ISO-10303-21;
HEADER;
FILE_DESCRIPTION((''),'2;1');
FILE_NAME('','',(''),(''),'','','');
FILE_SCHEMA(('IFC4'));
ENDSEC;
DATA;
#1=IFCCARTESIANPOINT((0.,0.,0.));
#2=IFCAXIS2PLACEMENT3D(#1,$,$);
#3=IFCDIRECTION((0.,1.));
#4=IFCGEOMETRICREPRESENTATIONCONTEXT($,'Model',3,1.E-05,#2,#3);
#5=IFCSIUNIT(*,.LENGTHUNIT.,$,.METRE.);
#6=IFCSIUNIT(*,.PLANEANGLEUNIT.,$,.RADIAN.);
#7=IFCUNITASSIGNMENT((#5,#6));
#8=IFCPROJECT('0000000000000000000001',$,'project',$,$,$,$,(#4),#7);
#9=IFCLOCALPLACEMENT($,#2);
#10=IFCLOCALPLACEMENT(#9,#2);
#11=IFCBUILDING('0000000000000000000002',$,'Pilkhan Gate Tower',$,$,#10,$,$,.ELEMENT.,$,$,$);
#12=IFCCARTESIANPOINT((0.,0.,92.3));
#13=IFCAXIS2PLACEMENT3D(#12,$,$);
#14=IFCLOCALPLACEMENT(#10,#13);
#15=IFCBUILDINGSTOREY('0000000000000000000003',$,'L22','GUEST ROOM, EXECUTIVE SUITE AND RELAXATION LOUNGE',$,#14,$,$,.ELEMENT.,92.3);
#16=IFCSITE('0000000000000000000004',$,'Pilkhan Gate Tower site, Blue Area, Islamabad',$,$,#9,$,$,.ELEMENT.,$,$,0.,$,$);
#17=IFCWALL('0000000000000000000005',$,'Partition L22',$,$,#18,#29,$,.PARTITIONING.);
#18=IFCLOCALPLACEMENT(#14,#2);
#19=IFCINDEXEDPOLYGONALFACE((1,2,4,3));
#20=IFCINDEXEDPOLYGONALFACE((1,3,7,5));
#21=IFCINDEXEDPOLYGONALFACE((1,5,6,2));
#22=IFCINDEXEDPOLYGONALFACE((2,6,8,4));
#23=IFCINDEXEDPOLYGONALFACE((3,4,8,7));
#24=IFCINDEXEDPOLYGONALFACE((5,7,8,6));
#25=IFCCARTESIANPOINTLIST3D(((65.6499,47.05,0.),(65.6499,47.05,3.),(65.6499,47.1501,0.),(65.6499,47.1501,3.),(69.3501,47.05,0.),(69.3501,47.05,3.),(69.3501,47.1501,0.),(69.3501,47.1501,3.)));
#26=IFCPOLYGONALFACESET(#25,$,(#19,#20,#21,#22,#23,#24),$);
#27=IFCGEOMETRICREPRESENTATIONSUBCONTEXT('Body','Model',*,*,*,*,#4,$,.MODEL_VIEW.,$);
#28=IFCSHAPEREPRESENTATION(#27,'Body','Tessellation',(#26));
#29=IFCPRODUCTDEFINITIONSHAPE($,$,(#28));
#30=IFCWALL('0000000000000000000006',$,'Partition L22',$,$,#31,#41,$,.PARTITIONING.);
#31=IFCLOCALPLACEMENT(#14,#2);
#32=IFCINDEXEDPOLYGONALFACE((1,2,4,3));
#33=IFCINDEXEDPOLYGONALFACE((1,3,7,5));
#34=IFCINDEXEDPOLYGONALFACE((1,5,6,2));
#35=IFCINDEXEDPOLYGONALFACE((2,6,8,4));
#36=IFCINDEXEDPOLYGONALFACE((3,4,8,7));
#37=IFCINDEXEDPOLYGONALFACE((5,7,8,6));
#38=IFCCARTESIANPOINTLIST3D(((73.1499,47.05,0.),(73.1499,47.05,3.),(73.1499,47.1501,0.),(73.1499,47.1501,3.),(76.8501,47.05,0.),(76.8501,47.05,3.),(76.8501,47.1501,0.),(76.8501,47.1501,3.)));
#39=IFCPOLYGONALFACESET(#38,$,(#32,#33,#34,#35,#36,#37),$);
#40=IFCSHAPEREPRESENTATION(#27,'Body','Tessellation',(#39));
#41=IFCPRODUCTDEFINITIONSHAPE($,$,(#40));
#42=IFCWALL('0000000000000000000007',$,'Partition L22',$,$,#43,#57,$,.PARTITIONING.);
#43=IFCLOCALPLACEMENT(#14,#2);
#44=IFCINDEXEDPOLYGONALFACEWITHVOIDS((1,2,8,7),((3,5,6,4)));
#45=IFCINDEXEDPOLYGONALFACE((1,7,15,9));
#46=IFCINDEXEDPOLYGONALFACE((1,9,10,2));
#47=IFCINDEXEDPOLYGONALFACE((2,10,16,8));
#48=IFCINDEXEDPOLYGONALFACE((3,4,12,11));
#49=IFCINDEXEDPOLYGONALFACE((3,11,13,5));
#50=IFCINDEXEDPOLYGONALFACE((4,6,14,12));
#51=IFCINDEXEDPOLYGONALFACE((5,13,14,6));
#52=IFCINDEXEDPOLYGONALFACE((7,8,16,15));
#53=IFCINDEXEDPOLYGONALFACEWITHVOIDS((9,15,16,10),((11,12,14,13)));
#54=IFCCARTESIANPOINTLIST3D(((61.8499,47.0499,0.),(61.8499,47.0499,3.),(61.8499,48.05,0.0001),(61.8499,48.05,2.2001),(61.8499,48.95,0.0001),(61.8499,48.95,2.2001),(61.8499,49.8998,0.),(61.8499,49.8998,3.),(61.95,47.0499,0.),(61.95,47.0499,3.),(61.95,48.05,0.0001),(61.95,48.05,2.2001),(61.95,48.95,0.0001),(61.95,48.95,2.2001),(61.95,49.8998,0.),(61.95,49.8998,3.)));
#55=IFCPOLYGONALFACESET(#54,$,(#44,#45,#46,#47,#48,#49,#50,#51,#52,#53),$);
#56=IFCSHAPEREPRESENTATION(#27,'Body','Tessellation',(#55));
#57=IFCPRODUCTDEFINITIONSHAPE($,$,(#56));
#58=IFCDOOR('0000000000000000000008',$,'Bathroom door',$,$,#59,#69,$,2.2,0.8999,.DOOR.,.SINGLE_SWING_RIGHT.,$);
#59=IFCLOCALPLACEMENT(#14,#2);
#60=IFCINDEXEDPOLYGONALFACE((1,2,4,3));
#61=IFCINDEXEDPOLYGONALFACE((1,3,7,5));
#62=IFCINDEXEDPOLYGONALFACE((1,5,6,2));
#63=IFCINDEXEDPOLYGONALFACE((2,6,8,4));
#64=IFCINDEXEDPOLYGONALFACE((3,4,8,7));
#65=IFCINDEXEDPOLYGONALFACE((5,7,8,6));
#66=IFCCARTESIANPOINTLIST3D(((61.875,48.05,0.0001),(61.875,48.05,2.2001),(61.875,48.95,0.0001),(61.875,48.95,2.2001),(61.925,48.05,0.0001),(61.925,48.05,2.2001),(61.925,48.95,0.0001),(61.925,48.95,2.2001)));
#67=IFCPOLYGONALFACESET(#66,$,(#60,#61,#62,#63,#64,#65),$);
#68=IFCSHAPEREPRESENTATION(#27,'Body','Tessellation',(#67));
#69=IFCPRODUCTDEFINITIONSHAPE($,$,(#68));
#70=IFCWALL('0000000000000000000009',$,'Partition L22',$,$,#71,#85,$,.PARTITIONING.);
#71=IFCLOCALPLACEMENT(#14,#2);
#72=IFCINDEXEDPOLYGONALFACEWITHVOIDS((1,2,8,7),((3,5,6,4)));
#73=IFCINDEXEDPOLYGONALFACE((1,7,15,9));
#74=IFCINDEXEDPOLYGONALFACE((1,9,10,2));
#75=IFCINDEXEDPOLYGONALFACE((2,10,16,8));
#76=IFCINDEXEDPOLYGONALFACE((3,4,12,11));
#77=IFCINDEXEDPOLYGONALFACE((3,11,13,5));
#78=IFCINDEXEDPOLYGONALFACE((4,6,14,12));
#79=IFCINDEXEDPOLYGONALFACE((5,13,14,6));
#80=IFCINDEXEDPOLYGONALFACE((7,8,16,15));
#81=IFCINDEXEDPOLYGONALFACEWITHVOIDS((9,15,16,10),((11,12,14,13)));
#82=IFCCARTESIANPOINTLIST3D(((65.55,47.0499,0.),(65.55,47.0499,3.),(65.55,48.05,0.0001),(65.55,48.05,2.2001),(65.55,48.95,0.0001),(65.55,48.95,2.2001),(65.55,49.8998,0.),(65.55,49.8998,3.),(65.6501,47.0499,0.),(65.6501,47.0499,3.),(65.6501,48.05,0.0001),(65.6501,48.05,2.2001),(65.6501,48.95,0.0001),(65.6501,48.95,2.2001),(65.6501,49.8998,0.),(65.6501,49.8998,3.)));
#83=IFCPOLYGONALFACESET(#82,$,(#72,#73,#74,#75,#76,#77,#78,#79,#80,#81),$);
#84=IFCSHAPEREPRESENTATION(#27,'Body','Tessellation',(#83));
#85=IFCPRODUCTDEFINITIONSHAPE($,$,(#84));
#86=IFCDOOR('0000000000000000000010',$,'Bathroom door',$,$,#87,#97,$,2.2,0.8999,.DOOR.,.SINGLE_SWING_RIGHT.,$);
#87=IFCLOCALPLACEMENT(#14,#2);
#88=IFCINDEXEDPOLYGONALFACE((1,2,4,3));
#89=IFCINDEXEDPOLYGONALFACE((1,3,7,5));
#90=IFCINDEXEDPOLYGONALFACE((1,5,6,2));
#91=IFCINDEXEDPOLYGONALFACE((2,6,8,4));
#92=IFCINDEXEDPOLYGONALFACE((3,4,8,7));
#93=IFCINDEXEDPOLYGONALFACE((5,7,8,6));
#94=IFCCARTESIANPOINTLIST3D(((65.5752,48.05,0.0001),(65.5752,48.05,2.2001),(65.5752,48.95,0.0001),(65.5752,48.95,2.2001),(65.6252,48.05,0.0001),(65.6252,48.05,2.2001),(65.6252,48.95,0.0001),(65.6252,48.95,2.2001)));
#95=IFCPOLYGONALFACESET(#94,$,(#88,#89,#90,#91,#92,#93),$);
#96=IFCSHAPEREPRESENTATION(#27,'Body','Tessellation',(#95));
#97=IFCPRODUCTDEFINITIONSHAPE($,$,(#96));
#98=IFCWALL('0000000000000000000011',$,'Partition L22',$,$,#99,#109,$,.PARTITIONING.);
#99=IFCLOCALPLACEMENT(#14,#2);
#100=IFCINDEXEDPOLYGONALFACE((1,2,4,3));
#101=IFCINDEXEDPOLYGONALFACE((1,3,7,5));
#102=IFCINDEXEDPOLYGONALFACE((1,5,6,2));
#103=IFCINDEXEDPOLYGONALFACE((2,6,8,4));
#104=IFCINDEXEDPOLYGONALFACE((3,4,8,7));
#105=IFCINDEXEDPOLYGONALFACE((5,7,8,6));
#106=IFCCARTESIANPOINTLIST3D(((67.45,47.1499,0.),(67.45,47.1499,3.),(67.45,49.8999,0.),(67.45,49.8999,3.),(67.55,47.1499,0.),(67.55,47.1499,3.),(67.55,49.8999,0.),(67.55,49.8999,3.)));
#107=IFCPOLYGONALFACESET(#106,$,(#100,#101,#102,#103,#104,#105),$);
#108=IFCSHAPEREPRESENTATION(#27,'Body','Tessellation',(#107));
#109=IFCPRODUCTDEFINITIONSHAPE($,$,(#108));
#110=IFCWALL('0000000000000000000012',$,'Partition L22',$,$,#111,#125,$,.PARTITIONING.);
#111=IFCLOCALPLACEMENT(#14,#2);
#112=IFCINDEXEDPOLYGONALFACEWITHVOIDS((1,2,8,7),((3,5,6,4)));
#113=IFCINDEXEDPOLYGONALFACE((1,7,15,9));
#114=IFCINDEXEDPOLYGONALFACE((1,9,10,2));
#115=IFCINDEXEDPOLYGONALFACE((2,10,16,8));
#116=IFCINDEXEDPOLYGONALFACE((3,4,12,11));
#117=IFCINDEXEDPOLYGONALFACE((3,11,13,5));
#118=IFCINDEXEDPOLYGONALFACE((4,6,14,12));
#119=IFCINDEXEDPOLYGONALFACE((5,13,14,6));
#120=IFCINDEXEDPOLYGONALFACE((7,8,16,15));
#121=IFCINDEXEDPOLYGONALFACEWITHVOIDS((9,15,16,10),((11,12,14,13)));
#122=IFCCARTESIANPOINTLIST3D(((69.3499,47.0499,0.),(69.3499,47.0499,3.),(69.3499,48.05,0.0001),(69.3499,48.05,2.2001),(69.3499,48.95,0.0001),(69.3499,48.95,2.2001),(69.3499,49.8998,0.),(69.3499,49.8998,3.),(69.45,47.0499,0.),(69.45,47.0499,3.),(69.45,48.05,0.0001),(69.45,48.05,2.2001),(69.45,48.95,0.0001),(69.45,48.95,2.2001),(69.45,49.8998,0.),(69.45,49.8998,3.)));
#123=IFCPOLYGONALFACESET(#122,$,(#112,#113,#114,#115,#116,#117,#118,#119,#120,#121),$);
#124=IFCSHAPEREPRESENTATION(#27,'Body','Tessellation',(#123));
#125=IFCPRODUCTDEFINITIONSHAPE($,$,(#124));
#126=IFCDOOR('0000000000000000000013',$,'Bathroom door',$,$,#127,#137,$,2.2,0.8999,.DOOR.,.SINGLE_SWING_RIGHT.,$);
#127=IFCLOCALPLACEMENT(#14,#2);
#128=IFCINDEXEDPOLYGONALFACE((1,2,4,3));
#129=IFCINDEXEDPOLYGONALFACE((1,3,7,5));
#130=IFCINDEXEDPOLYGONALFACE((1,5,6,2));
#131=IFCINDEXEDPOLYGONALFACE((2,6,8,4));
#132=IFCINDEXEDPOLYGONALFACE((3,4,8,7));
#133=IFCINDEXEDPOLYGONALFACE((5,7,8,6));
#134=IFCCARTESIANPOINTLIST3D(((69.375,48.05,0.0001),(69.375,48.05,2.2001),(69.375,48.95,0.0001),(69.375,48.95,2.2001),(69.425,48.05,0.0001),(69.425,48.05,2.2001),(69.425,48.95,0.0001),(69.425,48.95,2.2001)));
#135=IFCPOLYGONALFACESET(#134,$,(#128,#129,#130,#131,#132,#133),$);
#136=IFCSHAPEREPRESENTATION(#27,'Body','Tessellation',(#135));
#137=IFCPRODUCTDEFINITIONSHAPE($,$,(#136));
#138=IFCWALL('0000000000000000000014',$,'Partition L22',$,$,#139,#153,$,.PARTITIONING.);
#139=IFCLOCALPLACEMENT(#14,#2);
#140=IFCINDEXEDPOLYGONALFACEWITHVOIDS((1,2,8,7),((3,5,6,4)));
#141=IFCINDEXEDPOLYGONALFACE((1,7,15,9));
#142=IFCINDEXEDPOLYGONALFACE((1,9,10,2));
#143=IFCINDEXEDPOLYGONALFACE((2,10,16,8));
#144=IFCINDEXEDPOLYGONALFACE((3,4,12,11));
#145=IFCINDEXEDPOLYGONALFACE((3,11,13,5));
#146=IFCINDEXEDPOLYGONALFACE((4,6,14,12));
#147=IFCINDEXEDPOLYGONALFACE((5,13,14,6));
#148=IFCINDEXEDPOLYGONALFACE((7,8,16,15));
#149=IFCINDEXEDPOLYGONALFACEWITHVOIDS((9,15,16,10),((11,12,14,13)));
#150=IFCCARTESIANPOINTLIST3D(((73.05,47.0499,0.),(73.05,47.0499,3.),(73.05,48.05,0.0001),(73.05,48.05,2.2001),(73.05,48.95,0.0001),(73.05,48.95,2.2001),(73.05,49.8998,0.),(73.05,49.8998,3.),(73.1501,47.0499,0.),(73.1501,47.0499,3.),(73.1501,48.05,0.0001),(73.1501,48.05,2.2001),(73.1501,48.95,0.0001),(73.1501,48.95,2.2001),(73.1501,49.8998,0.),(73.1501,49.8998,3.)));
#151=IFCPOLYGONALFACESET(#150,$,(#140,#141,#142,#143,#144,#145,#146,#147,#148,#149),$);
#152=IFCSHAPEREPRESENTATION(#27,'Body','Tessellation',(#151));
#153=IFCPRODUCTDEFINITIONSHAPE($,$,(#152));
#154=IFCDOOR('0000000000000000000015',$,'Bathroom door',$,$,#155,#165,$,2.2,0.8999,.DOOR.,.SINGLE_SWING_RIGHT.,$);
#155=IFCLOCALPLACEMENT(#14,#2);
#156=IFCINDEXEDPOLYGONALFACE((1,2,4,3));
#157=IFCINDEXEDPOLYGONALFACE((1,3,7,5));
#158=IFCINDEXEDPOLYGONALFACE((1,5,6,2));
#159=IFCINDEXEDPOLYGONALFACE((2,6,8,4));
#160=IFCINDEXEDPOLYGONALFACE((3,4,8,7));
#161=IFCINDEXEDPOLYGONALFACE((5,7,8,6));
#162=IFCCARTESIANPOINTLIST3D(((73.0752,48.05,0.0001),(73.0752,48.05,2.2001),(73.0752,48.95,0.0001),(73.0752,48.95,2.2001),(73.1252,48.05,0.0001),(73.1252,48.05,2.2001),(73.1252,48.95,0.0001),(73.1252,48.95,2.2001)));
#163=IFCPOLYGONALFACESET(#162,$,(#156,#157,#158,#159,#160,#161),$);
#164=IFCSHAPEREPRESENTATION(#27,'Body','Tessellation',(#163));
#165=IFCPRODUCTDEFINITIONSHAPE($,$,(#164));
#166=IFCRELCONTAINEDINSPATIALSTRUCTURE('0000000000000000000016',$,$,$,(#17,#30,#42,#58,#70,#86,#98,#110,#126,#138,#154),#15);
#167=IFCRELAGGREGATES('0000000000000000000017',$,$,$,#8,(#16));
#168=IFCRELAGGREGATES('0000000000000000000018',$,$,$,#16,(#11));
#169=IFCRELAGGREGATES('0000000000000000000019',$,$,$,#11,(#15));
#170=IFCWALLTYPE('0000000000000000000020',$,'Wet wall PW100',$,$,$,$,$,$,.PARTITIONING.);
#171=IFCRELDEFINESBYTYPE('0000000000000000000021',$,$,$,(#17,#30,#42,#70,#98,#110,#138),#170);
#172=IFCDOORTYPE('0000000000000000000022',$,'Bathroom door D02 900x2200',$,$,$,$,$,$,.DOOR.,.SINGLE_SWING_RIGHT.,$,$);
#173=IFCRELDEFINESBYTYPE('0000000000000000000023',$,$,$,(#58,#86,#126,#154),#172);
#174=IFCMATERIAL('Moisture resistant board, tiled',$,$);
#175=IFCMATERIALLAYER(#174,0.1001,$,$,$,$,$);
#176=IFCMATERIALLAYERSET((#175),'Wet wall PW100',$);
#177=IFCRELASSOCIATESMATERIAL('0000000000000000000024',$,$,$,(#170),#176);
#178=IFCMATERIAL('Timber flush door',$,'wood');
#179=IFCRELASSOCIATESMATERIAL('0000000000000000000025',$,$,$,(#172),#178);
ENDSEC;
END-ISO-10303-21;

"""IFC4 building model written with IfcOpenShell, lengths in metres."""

from ifc_helpers import new_model, si_unit, direction, frame, frame_2d, origin, place, context, subcontext, project, spatial, rectangle, extrude, material, layer, layer_set, type_object, element, fill, save


model = new_model("IFC4")

# Units and contexts
model_context = context("Model", 3, precision=1e-05, world=origin(), true_north=direction((0.0, 1.0)))
body_context = subcontext(model_context, "Body", "Model", "MODEL_VIEW")
ifc_project = project(units=[si_unit("LENGTHUNIT", "METRE"), si_unit("PLANEANGLEUNIT", "RADIAN")], contexts=[model_context])

# Site, building, storey
site_placement = place(None, origin())
site = spatial("IfcSite", under=ifc_project, at=site_placement, Name="Pilkhan Gate Tower site, Blue Area, Islamabad", CompositionType="ELEMENT", RefElevation=0.0)
building_placement = place(site_placement, origin())
building = spatial("IfcBuilding", under=site, at=building_placement, Name="Pilkhan Gate Tower", CompositionType="ELEMENT")
storey_placement = place(building_placement, frame((0.0, 0.0, 92.3)))
storey = spatial("IfcBuildingStorey", under=building, at=storey_placement, Name="L22", Description="GUEST ROOM, EXECUTIVE SUITE AND RELAXATION LOUNGE", CompositionType="ELEMENT", Elevation=92.3)

# Walls
ifc_material_1 = material(Name="Moisture resistant board, tiled")
ifc_layer_1 = layer(ifc_material_1, 0.1001)
ifc_layer_set_1 = layer_set([ifc_layer_1], Name="Wet wall PW100")
wall_type_1 = type_object("IfcWallType", Name="Wet wall PW100", PredefinedType="PARTITIONING", material=ifc_layer_set_1)
for number, where, z_axis, x_axis, name in (
    (1, (65.6499, 47.1001, 0.0), (0.0, 0.0, 1.0), (1.0, 0.0, 0.0), "Partition L22"),
    (2, (73.1499, 47.1001, 0.0), (0.0, 0.0, 1.0), (1.0, 0.0, 0.0), "Partition L22"),
):
    element("IfcWall", number, at=place(storey_placement, frame(where, z_axis=z_axis, x_axis=x_axis)), inside=storey, type_object=wall_type_1, Name=name, PredefinedType="PARTITIONING", context=body_context, shape_type="SweptSolid", body=[
        extrude(rectangle(XDim=3.7002, YDim=0.1001, at=frame_2d((1.8501, 0.0))), origin(), (0.0, 0.0, 1.0), 3.0),
    ])

# Walls, openings, doors
wall_1_placement = place(storey_placement, frame((61.8999, 47.05, 0.0), z_axis=(0.0, 0.0, 1.0), x_axis=(0.0, 1.0, 0.0)))
wall_1 = element("IfcWall", 3, at=wall_1_placement, inside=storey, type_object=wall_type_1, Name="Partition L22", PredefinedType="PARTITIONING", context=body_context, shape_type="SweptSolid", body=[
    extrude(rectangle(XDim=2.8499, YDim=0.1001, at=frame_2d((1.4248, 0.0))), origin(), (0.0, 0.0, 1.0), 3.0),
])
opening_1_placement = place(wall_1_placement, frame((1.0, 0.0, 0.0)))
opening_1 = element("IfcOpeningElement", 4, at=opening_1_placement, cuts=wall_1, PredefinedType="OPENING", context=body_context, shape_type="SweptSolid", body=[
    extrude(rectangle(XDim=0.8999, YDim=2.2, at=frame_2d((0.45, 1.1001))), frame((0.0, 0.0601, 0.0), z_axis=(0.0, -1.0, 0.0), x_axis=(1.0, 0.0, 0.0)), (0.0, 0.0, 1.0), 0.1201),
])
ifc_material_2 = material(Name="Timber flush door", Category="wood")
door_type_1 = type_object("IfcDoorType", Name="Bathroom door D02 900x2200", OperationType="SINGLE_SWING_RIGHT", PredefinedType="DOOR", material=ifc_material_2)
door_1_placement = place(opening_1_placement, origin())
door_1 = element("IfcDoor", 5, at=door_1_placement, inside=storey, type_object=door_type_1, Name="Bathroom door", OperationType="SINGLE_SWING_RIGHT", OverallHeight=2.2, OverallWidth=0.8999, PredefinedType="DOOR", context=body_context, shape_type="SweptSolid", body=[
    extrude(rectangle(XDim=0.8999, YDim=2.2, at=frame_2d((0.45, 1.1001))), frame((0.0, 0.0249, 0.0), z_axis=(0.0, -1.0, 0.0), x_axis=(1.0, 0.0, 0.0)), (0.0, 0.0, 1.0), 0.05),
])
fill(opening_1, door_1)
wall_2_placement = place(storey_placement, frame((65.6001, 47.05, 0.0), z_axis=(0.0, 0.0, 1.0), x_axis=(0.0, 1.0, 0.0)))
wall_2 = element("IfcWall", 6, at=wall_2_placement, inside=storey, type_object=wall_type_1, Name="Partition L22", PredefinedType="PARTITIONING", context=body_context, shape_type="SweptSolid", body=[
    extrude(rectangle(XDim=2.8499, YDim=0.1001, at=frame_2d((1.4248, 0.0))), origin(), (0.0, 0.0, 1.0), 3.0),
])
opening_2_placement = place(wall_2_placement, frame((1.0, 0.0, 0.0)))
opening_2 = element("IfcOpeningElement", 7, at=opening_2_placement, cuts=wall_2, PredefinedType="OPENING", context=body_context, shape_type="SweptSolid", body=[
    extrude(rectangle(XDim=0.8999, YDim=2.2, at=frame_2d((0.45, 1.1001))), frame((0.0, 0.0601, 0.0), z_axis=(0.0, -1.0, 0.0), x_axis=(1.0, 0.0, 0.0)), (0.0, 0.0, 1.0), 0.1201),
])
door_2_placement = place(opening_2_placement, origin())
door_2 = element("IfcDoor", 8, at=door_2_placement, inside=storey, type_object=door_type_1, Name="Bathroom door", OperationType="SINGLE_SWING_RIGHT", OverallHeight=2.2, OverallWidth=0.8999, PredefinedType="DOOR", context=body_context, shape_type="SweptSolid", body=[
    extrude(rectangle(XDim=0.8999, YDim=2.2, at=frame_2d((0.45, 1.1001))), frame((0.0, 0.0249, 0.0), z_axis=(0.0, -1.0, 0.0), x_axis=(1.0, 0.0, 0.0)), (0.0, 0.0, 1.0), 0.05),
])
fill(opening_2, door_2)

# Wall
wall_3_placement = place(storey_placement, frame((67.5, 47.1499, 0.0), z_axis=(0.0, 0.0, 1.0), x_axis=(0.0, 1.0, 0.0)))
element("IfcWall", 9, at=wall_3_placement, inside=storey, type_object=wall_type_1, Name="Partition L22", PredefinedType="PARTITIONING", context=body_context, shape_type="SweptSolid", body=[
    extrude(rectangle(XDim=2.75, YDim=0.1001, at=frame_2d((1.375, 0.0))), origin(), (0.0, 0.0, 1.0), 3.0),
])

# Walls, openings, doors
wall_4_placement = place(storey_placement, frame((69.3999, 47.05, 0.0), z_axis=(0.0, 0.0, 1.0), x_axis=(0.0, 1.0, 0.0)))
wall_4 = element("IfcWall", 10, at=wall_4_placement, inside=storey, type_object=wall_type_1, Name="Partition L22", PredefinedType="PARTITIONING", context=body_context, shape_type="SweptSolid", body=[
    extrude(rectangle(XDim=2.8499, YDim=0.1001, at=frame_2d((1.4248, 0.0))), origin(), (0.0, 0.0, 1.0), 3.0),
])
opening_3_placement = place(wall_4_placement, frame((1.0, 0.0, 0.0)))
opening_3 = element("IfcOpeningElement", 11, at=opening_3_placement, cuts=wall_4, PredefinedType="OPENING", context=body_context, shape_type="SweptSolid", body=[
    extrude(rectangle(XDim=0.8999, YDim=2.2, at=frame_2d((0.45, 1.1001))), frame((0.0, 0.0601, 0.0), z_axis=(0.0, -1.0, 0.0), x_axis=(1.0, 0.0, 0.0)), (0.0, 0.0, 1.0), 0.1201),
])
door_3_placement = place(opening_3_placement, origin())
door_3 = element("IfcDoor", 12, at=door_3_placement, inside=storey, type_object=door_type_1, Name="Bathroom door", OperationType="SINGLE_SWING_RIGHT", OverallHeight=2.2, OverallWidth=0.8999, PredefinedType="DOOR", context=body_context, shape_type="SweptSolid", body=[
    extrude(rectangle(XDim=0.8999, YDim=2.2, at=frame_2d((0.45, 1.1001))), frame((0.0, 0.0249, 0.0), z_axis=(0.0, -1.0, 0.0), x_axis=(1.0, 0.0, 0.0)), (0.0, 0.0, 1.0), 0.05),
])
fill(opening_3, door_3)
wall_5_placement = place(storey_placement, frame((73.1001, 47.05, 0.0), z_axis=(0.0, 0.0, 1.0), x_axis=(0.0, 1.0, 0.0)))
wall_5 = element("IfcWall", 13, at=wall_5_placement, inside=storey, type_object=wall_type_1, Name="Partition L22", PredefinedType="PARTITIONING", context=body_context, shape_type="SweptSolid", body=[
    extrude(rectangle(XDim=2.8499, YDim=0.1001, at=frame_2d((1.4248, 0.0))), origin(), (0.0, 0.0, 1.0), 3.0),
])
opening_4_placement = place(wall_5_placement, frame((1.0, 0.0, 0.0)))
opening_4 = element("IfcOpeningElement", 14, at=opening_4_placement, cuts=wall_5, PredefinedType="OPENING", context=body_context, shape_type="SweptSolid", body=[
    extrude(rectangle(XDim=0.8999, YDim=2.2, at=frame_2d((0.45, 1.1001))), frame((0.0, 0.0601, 0.0), z_axis=(0.0, -1.0, 0.0), x_axis=(1.0, 0.0, 0.0)), (0.0, 0.0, 1.0), 0.1201),
])
door_4_placement = place(opening_4_placement, origin())
door_4 = element("IfcDoor", 15, at=door_4_placement, inside=storey, type_object=door_type_1, Name="Bathroom door", OperationType="SINGLE_SWING_RIGHT", OverallHeight=2.2, OverallWidth=0.8999, PredefinedType="DOOR", context=body_context, shape_type="SweptSolid", body=[
    extrude(rectangle(XDim=0.8999, YDim=2.2, at=frame_2d((0.45, 1.1001))), frame((0.0, 0.0249, 0.0), z_axis=(0.0, -1.0, 0.0), x_axis=(1.0, 0.0, 0.0)), (0.0, 0.0, 1.0), 0.05),
])
fill(opening_4, door_4)

save(model, "model.ifc")
